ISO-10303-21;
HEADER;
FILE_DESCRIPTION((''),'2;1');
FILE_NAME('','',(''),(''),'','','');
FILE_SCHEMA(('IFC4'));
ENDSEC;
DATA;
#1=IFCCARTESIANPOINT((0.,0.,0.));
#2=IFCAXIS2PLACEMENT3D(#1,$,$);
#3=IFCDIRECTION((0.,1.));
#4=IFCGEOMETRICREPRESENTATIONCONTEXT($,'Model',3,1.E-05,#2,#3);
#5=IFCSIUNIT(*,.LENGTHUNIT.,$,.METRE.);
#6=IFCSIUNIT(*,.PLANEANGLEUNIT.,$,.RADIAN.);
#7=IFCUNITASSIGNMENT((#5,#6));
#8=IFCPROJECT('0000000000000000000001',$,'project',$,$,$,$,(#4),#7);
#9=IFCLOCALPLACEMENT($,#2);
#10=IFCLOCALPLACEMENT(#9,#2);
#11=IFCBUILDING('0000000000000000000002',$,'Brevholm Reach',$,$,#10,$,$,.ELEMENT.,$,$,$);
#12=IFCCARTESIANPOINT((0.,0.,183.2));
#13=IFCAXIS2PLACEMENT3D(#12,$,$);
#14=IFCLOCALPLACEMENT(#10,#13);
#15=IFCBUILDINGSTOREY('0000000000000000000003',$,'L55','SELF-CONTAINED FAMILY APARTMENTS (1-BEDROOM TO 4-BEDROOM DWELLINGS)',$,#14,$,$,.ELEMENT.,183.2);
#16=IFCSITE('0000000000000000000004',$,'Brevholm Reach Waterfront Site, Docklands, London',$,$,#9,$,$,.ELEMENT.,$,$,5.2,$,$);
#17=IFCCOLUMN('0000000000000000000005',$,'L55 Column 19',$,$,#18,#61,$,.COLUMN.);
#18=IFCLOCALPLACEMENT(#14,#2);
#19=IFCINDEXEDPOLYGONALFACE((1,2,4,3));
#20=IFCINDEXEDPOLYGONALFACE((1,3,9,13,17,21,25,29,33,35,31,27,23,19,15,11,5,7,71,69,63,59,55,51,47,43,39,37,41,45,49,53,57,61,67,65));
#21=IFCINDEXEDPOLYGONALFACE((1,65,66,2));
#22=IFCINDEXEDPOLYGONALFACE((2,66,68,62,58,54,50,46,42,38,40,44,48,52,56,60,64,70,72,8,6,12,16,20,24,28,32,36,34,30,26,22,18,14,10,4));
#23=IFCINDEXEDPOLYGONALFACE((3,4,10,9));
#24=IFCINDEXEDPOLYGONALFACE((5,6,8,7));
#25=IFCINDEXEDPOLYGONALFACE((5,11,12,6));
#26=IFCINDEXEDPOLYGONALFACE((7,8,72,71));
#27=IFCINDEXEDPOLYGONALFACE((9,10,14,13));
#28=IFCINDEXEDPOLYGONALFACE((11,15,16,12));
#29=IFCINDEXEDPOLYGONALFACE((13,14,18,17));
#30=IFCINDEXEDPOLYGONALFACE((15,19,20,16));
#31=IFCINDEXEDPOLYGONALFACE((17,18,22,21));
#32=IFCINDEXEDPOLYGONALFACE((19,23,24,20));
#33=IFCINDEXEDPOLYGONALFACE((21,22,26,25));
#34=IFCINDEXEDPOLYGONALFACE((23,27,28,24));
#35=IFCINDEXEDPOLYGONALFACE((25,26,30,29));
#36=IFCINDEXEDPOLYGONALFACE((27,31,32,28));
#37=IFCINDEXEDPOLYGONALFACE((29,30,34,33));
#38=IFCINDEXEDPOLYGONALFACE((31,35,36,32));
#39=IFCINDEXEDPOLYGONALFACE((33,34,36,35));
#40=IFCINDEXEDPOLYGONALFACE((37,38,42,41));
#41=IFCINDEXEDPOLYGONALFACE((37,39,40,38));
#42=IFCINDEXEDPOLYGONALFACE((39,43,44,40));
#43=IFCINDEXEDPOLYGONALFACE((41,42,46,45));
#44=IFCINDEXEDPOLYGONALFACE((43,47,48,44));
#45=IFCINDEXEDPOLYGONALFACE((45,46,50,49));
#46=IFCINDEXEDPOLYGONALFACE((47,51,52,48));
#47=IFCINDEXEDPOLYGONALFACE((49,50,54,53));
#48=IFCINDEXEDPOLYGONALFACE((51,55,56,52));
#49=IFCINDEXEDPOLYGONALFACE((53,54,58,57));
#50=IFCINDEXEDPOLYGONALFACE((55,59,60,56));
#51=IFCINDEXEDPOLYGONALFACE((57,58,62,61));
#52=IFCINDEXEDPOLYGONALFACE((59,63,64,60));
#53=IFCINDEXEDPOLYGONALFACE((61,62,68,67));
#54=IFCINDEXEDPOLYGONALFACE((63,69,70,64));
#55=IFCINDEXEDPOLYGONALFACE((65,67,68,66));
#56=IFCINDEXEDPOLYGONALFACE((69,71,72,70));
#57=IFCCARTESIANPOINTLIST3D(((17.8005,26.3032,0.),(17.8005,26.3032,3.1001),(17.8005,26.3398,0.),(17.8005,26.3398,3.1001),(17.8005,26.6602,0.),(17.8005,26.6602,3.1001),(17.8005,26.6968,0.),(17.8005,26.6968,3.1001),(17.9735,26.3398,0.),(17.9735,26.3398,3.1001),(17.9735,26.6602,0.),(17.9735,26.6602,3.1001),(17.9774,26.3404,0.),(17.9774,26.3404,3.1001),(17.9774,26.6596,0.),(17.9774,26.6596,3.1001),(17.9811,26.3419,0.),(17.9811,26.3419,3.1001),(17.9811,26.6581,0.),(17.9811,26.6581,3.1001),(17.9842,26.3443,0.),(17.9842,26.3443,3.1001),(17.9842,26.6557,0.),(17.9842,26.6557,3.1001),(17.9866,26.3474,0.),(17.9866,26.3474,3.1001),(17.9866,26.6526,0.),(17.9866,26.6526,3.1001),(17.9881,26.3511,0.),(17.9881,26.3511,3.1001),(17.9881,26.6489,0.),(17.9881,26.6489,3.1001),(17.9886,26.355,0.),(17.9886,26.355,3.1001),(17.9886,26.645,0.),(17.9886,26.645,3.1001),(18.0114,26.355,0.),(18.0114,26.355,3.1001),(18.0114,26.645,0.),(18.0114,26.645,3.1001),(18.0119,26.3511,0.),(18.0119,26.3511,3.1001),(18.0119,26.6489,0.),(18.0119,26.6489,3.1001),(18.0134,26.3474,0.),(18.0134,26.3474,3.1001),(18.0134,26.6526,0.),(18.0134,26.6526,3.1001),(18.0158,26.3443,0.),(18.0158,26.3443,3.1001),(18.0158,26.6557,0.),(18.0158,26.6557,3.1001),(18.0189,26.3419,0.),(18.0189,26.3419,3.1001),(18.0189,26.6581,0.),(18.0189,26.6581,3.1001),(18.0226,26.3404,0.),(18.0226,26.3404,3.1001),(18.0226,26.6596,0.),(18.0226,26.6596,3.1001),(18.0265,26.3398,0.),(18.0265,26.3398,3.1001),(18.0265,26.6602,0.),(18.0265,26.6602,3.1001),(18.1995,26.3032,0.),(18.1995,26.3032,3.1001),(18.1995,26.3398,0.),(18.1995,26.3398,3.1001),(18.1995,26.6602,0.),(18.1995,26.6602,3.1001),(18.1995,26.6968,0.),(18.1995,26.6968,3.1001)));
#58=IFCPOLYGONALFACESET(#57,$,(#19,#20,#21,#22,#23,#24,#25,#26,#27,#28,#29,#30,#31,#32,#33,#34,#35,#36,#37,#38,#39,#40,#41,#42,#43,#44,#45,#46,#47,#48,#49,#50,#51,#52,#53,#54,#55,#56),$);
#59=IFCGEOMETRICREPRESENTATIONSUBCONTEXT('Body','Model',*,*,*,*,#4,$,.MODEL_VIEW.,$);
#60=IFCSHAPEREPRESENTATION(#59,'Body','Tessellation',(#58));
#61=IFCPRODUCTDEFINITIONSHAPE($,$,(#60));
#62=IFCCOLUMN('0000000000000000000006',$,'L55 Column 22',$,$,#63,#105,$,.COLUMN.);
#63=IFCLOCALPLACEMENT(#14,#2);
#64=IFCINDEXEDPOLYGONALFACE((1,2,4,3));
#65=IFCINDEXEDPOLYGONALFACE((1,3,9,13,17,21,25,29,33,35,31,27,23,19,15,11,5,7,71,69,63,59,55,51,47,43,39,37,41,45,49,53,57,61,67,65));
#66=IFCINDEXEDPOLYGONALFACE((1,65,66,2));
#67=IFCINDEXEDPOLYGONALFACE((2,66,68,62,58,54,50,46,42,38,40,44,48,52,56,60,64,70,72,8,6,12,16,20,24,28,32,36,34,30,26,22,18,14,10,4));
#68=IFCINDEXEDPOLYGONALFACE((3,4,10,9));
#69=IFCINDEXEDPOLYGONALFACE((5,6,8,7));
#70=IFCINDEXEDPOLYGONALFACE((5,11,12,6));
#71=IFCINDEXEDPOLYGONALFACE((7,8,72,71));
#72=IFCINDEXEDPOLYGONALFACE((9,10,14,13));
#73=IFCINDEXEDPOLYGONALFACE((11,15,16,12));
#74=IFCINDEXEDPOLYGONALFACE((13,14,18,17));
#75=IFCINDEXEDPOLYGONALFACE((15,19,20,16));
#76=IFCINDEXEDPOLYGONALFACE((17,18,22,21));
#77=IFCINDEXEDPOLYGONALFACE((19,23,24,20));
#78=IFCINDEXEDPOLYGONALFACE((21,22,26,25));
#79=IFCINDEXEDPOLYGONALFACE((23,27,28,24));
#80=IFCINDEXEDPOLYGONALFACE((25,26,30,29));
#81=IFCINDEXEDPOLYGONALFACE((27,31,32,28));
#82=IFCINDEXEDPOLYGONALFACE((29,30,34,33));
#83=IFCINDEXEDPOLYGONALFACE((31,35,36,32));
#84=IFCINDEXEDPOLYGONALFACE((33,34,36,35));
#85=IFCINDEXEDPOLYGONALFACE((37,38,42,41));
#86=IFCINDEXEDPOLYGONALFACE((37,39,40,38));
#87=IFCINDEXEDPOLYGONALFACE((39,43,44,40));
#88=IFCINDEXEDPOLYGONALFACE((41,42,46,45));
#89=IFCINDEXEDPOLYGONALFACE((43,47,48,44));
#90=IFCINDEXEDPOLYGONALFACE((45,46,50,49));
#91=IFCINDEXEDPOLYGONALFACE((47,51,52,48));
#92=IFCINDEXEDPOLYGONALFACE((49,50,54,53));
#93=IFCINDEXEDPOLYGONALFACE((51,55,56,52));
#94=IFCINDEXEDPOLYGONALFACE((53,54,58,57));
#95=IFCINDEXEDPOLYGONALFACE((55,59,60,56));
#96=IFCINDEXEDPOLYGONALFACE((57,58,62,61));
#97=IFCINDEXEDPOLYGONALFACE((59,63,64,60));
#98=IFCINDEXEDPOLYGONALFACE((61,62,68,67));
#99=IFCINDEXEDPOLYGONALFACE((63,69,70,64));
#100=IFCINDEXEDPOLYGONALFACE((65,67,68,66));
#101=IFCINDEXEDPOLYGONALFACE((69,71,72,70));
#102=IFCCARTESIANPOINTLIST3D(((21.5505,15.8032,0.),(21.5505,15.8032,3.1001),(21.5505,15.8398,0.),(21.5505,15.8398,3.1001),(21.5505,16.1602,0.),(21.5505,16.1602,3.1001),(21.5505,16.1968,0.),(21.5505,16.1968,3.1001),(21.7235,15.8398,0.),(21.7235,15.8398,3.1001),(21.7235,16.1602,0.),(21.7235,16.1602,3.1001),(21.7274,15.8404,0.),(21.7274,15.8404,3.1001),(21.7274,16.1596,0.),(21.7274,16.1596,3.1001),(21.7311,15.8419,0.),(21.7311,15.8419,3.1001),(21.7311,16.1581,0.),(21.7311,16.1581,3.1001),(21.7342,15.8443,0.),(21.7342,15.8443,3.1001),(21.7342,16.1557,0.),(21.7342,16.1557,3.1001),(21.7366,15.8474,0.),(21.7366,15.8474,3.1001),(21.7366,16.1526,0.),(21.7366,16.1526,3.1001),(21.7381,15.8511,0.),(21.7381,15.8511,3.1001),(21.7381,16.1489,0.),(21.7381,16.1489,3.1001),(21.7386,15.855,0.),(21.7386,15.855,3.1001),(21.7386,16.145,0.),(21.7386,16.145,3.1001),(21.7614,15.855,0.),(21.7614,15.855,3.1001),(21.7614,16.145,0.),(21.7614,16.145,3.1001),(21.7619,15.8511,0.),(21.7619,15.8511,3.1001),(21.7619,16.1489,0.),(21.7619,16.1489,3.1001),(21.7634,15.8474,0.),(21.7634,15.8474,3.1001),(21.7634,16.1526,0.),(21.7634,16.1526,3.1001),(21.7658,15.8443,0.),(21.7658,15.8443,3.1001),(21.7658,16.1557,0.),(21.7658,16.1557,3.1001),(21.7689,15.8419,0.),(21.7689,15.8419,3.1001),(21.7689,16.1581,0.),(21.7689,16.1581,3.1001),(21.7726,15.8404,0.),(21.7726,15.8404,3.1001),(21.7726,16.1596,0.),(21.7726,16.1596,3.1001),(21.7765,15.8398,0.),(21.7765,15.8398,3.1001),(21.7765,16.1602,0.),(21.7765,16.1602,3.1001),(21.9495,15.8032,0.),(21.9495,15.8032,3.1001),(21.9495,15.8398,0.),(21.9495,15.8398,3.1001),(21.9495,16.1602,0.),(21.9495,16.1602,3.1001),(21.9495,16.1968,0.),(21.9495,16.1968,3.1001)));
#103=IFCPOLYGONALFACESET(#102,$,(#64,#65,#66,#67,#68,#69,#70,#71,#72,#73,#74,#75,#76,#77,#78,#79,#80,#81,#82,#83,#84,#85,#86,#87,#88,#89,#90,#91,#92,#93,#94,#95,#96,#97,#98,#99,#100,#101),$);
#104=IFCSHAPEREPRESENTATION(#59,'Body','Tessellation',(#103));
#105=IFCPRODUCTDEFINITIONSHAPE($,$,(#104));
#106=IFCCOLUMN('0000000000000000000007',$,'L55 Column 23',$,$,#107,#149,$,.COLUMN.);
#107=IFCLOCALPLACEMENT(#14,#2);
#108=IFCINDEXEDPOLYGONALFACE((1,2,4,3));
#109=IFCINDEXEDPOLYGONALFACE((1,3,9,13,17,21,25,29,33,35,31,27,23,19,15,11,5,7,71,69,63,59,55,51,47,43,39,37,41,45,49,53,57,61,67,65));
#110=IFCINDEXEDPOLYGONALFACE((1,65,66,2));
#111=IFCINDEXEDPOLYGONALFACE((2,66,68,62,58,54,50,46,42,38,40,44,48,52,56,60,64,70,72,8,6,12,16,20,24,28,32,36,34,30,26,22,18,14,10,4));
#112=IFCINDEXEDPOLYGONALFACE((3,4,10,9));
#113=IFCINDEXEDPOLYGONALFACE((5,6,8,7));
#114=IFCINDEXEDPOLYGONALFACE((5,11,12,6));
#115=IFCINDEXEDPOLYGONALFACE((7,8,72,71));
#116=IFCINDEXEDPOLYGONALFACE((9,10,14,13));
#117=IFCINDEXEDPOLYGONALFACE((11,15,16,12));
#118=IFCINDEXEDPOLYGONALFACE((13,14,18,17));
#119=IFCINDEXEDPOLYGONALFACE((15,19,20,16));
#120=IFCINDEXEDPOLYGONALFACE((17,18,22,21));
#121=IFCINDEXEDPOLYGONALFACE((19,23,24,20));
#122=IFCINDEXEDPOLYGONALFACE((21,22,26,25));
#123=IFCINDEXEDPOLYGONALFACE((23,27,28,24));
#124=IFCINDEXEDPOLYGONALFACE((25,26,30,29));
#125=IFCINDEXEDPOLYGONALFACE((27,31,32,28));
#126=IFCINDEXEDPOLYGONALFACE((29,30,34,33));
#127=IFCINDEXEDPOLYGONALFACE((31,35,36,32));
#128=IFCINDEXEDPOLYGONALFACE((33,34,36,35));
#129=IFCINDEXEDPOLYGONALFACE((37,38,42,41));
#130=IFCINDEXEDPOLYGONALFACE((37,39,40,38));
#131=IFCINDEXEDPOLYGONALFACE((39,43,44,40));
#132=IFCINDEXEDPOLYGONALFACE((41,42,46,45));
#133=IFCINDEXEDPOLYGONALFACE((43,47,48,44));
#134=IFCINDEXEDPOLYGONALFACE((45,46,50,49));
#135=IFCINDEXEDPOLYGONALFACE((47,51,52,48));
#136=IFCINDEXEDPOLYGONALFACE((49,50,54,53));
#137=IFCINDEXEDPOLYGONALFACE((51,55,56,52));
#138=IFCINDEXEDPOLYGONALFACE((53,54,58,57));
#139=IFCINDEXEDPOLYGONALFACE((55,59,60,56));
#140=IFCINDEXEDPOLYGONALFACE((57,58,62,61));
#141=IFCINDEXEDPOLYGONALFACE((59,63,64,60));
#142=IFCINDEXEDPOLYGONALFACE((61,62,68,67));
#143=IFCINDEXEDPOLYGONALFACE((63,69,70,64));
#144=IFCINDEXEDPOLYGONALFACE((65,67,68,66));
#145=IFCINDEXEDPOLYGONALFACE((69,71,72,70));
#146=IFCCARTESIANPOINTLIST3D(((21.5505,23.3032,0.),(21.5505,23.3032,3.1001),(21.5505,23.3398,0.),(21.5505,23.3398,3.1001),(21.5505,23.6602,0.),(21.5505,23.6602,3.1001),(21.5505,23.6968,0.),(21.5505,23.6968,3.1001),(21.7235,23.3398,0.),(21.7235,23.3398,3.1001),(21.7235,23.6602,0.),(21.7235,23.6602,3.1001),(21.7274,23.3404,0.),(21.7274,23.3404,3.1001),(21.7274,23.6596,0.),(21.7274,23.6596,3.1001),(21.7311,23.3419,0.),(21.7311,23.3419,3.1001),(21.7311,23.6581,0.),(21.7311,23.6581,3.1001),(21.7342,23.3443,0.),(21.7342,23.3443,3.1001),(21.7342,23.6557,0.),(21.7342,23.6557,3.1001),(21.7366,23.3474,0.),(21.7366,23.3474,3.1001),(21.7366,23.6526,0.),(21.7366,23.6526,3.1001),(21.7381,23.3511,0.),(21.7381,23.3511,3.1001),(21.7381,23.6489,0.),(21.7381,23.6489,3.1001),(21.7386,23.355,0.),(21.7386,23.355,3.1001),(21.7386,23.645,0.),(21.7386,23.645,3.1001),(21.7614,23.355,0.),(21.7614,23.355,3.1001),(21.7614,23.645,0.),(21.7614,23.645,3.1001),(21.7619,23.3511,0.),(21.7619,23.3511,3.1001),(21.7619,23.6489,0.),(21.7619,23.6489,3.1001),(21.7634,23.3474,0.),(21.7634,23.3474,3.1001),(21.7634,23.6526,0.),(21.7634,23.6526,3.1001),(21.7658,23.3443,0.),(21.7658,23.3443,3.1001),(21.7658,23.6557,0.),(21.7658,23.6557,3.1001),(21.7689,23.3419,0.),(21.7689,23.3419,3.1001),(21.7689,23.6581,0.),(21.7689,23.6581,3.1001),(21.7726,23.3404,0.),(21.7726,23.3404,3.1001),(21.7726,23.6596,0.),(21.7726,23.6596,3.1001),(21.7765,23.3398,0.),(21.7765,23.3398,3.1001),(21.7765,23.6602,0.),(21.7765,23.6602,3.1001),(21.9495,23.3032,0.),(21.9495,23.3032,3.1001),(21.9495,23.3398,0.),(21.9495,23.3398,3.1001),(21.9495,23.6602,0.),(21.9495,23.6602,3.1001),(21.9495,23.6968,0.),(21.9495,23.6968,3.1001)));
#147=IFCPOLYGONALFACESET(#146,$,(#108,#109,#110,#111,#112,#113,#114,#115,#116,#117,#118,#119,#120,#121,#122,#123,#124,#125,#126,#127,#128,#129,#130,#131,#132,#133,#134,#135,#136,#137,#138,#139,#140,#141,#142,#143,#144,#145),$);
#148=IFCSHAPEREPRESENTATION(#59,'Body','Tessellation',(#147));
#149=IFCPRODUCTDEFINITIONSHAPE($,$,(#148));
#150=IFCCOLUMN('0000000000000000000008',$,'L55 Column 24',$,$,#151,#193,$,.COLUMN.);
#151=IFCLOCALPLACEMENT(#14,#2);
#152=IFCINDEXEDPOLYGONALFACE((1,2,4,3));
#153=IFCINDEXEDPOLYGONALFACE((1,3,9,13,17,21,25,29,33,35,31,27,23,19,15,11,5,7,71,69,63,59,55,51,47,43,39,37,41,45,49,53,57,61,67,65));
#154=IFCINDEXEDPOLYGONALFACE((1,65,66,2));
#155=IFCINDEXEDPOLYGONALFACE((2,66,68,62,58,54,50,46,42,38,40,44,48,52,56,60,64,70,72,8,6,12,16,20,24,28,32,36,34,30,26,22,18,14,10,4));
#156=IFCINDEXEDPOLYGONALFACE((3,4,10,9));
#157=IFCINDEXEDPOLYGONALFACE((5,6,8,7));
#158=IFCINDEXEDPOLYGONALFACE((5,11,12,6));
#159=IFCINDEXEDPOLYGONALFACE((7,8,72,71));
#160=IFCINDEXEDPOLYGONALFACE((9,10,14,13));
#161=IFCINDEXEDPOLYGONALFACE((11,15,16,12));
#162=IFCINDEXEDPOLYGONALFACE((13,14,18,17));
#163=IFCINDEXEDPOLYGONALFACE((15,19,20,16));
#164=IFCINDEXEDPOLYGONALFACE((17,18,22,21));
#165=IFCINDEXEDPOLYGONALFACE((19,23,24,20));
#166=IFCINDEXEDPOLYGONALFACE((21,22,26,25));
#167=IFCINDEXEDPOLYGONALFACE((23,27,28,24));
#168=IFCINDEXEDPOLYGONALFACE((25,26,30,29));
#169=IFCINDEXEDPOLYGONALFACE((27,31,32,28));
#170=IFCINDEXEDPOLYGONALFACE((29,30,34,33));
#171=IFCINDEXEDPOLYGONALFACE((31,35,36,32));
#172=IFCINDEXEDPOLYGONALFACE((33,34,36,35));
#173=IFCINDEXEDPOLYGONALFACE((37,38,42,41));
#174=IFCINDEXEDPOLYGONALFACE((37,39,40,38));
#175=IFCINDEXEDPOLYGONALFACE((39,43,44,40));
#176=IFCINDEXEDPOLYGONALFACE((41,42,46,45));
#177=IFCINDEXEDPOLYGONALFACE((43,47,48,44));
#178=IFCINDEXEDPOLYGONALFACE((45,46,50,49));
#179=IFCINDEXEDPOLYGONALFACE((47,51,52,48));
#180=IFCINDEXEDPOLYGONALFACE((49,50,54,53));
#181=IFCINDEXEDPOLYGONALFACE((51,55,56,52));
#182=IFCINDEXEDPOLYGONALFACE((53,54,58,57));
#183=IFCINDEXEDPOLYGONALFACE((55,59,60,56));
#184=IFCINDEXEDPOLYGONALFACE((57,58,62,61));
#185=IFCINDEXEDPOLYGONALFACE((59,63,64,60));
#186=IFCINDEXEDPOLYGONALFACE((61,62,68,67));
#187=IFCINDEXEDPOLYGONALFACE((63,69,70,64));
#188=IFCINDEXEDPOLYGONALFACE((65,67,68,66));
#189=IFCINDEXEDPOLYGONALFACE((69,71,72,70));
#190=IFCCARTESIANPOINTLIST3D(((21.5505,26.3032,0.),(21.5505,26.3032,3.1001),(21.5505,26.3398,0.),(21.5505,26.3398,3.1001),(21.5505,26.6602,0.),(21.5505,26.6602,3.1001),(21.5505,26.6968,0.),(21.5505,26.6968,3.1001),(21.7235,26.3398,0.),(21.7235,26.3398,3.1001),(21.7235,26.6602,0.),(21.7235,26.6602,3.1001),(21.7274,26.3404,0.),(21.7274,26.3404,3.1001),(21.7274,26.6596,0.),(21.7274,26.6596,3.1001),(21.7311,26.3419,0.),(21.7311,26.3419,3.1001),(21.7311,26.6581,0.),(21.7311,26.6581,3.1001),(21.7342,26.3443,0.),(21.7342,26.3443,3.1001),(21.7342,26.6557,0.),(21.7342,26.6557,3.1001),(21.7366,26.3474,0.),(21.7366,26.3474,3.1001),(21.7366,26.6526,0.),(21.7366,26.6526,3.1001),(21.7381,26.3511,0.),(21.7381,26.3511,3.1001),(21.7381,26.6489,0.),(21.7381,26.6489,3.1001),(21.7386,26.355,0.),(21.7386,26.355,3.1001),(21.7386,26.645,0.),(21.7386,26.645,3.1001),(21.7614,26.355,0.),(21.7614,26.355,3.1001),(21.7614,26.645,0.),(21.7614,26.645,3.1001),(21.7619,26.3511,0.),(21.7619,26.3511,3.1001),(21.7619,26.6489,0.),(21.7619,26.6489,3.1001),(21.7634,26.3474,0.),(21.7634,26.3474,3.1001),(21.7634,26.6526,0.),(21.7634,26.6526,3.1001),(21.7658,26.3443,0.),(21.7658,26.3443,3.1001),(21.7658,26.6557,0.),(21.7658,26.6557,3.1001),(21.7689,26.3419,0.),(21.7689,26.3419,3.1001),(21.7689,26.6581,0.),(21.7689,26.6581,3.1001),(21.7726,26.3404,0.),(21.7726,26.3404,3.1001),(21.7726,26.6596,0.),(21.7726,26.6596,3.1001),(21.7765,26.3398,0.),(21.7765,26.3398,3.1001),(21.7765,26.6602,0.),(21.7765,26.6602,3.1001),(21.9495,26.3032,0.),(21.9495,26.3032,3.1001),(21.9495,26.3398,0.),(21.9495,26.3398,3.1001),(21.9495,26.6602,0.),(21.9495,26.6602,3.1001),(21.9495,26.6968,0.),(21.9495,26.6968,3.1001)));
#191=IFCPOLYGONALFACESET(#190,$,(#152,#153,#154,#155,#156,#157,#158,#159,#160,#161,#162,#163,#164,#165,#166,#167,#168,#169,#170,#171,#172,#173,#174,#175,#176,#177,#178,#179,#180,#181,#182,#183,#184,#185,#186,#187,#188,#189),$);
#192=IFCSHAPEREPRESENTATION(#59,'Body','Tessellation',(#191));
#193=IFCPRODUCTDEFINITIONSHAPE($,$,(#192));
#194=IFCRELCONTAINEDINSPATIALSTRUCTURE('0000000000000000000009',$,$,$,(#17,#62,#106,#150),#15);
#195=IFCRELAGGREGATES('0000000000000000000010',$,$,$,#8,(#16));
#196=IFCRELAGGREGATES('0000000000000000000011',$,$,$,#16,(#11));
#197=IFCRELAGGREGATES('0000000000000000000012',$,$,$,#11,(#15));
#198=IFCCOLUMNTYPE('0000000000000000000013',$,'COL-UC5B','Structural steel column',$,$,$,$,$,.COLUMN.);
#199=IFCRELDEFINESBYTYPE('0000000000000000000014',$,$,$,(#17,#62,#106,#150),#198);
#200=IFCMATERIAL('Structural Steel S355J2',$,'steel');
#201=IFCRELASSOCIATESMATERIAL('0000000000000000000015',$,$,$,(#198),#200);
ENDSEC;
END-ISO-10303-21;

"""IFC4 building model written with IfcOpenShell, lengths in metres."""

from ifc_helpers import new_model, si_unit, direction, frame, origin, origin_2d, place, context, subcontext, project, spatial, i_section, extrude, material, material_profile, profile_set, type_object, element, save


model = new_model("IFC4")

# Units and contexts
model_context = context("Model", 3, precision=1e-05, world=origin(), true_north=direction((0.0, 1.0)))
body_context = subcontext(model_context, "Body", "Model", "MODEL_VIEW")
ifc_project = project(units=[si_unit("LENGTHUNIT", "METRE"), si_unit("PLANEANGLEUNIT", "RADIAN")], contexts=[model_context])

# Site, building, storey
site_placement = place(None, origin())
site = spatial("IfcSite", under=ifc_project, at=site_placement, Name="Brevholm Reach Waterfront Site, Docklands, London", CompositionType="ELEMENT", RefElevation=5.2)
building_placement = place(site_placement, origin())
building = spatial("IfcBuilding", under=site, at=building_placement, Name="Brevholm Reach", CompositionType="ELEMENT")
storey_placement = place(building_placement, frame((0.0, 0.0, 183.2)))
storey = spatial("IfcBuildingStorey", under=building, at=storey_placement, Name="L55", Description="SELF-CONTAINED FAMILY APARTMENTS (1-BEDROOM TO 4-BEDROOM DWELLINGS)", CompositionType="ELEMENT", Elevation=183.2)

# Columns
ifc_material_1 = material(Name="Structural Steel S355J2", Category="steel")
ifc_material_profile_1 = material_profile(ifc_material_1, i_section(OverallWidth=0.3989, OverallDepth=0.3936, WebThickness=0.0227, FlangeThickness=0.0366, FilletRadius=0.0151, at=origin_2d()), Name="UKC 356x406x287")
ifc_profile_set_1 = profile_set([ifc_material_profile_1], Name="Structural Steel S355J2")
column_type = type_object("IfcColumnType", Name="COL-UC5B", Description="Structural steel column", PredefinedType="COLUMN", material=ifc_profile_set_1)
for number, where, z_axis, x_axis, name in (
    (1, (18.0, 26.5, 0.0), (0.0, 0.0, 1.0), (1.0, 0.0, 0.0), "L55 Column 19"),
    (2, (21.75, 16.0, 0.0), (0.0, 0.0, 1.0), (1.0, 0.0, 0.0), "L55 Column 22"),
    (3, (21.75, 23.5, 0.0), (0.0, 0.0, 1.0), (1.0, 0.0, 0.0), "L55 Column 23"),
    (4, (21.75, 26.5, 0.0), (0.0, 0.0, 1.0), (1.0, 0.0, 0.0), "L55 Column 24"),
):
    element("IfcColumn", number, at=place(storey_placement, frame(where, z_axis=z_axis, x_axis=x_axis)), inside=storey, type_object=column_type, Name=name, PredefinedType="COLUMN", context=body_context, shape_type="SweptSolid", body=[
        extrude(i_section(OverallWidth=0.3989, OverallDepth=0.3936, WebThickness=0.0227, FlangeThickness=0.0366, FilletRadius=0.0151, at=origin_2d()), origin(), (0.0, 0.0, 1.0), 3.1001),
    ])

save(model, "model.ifc")
